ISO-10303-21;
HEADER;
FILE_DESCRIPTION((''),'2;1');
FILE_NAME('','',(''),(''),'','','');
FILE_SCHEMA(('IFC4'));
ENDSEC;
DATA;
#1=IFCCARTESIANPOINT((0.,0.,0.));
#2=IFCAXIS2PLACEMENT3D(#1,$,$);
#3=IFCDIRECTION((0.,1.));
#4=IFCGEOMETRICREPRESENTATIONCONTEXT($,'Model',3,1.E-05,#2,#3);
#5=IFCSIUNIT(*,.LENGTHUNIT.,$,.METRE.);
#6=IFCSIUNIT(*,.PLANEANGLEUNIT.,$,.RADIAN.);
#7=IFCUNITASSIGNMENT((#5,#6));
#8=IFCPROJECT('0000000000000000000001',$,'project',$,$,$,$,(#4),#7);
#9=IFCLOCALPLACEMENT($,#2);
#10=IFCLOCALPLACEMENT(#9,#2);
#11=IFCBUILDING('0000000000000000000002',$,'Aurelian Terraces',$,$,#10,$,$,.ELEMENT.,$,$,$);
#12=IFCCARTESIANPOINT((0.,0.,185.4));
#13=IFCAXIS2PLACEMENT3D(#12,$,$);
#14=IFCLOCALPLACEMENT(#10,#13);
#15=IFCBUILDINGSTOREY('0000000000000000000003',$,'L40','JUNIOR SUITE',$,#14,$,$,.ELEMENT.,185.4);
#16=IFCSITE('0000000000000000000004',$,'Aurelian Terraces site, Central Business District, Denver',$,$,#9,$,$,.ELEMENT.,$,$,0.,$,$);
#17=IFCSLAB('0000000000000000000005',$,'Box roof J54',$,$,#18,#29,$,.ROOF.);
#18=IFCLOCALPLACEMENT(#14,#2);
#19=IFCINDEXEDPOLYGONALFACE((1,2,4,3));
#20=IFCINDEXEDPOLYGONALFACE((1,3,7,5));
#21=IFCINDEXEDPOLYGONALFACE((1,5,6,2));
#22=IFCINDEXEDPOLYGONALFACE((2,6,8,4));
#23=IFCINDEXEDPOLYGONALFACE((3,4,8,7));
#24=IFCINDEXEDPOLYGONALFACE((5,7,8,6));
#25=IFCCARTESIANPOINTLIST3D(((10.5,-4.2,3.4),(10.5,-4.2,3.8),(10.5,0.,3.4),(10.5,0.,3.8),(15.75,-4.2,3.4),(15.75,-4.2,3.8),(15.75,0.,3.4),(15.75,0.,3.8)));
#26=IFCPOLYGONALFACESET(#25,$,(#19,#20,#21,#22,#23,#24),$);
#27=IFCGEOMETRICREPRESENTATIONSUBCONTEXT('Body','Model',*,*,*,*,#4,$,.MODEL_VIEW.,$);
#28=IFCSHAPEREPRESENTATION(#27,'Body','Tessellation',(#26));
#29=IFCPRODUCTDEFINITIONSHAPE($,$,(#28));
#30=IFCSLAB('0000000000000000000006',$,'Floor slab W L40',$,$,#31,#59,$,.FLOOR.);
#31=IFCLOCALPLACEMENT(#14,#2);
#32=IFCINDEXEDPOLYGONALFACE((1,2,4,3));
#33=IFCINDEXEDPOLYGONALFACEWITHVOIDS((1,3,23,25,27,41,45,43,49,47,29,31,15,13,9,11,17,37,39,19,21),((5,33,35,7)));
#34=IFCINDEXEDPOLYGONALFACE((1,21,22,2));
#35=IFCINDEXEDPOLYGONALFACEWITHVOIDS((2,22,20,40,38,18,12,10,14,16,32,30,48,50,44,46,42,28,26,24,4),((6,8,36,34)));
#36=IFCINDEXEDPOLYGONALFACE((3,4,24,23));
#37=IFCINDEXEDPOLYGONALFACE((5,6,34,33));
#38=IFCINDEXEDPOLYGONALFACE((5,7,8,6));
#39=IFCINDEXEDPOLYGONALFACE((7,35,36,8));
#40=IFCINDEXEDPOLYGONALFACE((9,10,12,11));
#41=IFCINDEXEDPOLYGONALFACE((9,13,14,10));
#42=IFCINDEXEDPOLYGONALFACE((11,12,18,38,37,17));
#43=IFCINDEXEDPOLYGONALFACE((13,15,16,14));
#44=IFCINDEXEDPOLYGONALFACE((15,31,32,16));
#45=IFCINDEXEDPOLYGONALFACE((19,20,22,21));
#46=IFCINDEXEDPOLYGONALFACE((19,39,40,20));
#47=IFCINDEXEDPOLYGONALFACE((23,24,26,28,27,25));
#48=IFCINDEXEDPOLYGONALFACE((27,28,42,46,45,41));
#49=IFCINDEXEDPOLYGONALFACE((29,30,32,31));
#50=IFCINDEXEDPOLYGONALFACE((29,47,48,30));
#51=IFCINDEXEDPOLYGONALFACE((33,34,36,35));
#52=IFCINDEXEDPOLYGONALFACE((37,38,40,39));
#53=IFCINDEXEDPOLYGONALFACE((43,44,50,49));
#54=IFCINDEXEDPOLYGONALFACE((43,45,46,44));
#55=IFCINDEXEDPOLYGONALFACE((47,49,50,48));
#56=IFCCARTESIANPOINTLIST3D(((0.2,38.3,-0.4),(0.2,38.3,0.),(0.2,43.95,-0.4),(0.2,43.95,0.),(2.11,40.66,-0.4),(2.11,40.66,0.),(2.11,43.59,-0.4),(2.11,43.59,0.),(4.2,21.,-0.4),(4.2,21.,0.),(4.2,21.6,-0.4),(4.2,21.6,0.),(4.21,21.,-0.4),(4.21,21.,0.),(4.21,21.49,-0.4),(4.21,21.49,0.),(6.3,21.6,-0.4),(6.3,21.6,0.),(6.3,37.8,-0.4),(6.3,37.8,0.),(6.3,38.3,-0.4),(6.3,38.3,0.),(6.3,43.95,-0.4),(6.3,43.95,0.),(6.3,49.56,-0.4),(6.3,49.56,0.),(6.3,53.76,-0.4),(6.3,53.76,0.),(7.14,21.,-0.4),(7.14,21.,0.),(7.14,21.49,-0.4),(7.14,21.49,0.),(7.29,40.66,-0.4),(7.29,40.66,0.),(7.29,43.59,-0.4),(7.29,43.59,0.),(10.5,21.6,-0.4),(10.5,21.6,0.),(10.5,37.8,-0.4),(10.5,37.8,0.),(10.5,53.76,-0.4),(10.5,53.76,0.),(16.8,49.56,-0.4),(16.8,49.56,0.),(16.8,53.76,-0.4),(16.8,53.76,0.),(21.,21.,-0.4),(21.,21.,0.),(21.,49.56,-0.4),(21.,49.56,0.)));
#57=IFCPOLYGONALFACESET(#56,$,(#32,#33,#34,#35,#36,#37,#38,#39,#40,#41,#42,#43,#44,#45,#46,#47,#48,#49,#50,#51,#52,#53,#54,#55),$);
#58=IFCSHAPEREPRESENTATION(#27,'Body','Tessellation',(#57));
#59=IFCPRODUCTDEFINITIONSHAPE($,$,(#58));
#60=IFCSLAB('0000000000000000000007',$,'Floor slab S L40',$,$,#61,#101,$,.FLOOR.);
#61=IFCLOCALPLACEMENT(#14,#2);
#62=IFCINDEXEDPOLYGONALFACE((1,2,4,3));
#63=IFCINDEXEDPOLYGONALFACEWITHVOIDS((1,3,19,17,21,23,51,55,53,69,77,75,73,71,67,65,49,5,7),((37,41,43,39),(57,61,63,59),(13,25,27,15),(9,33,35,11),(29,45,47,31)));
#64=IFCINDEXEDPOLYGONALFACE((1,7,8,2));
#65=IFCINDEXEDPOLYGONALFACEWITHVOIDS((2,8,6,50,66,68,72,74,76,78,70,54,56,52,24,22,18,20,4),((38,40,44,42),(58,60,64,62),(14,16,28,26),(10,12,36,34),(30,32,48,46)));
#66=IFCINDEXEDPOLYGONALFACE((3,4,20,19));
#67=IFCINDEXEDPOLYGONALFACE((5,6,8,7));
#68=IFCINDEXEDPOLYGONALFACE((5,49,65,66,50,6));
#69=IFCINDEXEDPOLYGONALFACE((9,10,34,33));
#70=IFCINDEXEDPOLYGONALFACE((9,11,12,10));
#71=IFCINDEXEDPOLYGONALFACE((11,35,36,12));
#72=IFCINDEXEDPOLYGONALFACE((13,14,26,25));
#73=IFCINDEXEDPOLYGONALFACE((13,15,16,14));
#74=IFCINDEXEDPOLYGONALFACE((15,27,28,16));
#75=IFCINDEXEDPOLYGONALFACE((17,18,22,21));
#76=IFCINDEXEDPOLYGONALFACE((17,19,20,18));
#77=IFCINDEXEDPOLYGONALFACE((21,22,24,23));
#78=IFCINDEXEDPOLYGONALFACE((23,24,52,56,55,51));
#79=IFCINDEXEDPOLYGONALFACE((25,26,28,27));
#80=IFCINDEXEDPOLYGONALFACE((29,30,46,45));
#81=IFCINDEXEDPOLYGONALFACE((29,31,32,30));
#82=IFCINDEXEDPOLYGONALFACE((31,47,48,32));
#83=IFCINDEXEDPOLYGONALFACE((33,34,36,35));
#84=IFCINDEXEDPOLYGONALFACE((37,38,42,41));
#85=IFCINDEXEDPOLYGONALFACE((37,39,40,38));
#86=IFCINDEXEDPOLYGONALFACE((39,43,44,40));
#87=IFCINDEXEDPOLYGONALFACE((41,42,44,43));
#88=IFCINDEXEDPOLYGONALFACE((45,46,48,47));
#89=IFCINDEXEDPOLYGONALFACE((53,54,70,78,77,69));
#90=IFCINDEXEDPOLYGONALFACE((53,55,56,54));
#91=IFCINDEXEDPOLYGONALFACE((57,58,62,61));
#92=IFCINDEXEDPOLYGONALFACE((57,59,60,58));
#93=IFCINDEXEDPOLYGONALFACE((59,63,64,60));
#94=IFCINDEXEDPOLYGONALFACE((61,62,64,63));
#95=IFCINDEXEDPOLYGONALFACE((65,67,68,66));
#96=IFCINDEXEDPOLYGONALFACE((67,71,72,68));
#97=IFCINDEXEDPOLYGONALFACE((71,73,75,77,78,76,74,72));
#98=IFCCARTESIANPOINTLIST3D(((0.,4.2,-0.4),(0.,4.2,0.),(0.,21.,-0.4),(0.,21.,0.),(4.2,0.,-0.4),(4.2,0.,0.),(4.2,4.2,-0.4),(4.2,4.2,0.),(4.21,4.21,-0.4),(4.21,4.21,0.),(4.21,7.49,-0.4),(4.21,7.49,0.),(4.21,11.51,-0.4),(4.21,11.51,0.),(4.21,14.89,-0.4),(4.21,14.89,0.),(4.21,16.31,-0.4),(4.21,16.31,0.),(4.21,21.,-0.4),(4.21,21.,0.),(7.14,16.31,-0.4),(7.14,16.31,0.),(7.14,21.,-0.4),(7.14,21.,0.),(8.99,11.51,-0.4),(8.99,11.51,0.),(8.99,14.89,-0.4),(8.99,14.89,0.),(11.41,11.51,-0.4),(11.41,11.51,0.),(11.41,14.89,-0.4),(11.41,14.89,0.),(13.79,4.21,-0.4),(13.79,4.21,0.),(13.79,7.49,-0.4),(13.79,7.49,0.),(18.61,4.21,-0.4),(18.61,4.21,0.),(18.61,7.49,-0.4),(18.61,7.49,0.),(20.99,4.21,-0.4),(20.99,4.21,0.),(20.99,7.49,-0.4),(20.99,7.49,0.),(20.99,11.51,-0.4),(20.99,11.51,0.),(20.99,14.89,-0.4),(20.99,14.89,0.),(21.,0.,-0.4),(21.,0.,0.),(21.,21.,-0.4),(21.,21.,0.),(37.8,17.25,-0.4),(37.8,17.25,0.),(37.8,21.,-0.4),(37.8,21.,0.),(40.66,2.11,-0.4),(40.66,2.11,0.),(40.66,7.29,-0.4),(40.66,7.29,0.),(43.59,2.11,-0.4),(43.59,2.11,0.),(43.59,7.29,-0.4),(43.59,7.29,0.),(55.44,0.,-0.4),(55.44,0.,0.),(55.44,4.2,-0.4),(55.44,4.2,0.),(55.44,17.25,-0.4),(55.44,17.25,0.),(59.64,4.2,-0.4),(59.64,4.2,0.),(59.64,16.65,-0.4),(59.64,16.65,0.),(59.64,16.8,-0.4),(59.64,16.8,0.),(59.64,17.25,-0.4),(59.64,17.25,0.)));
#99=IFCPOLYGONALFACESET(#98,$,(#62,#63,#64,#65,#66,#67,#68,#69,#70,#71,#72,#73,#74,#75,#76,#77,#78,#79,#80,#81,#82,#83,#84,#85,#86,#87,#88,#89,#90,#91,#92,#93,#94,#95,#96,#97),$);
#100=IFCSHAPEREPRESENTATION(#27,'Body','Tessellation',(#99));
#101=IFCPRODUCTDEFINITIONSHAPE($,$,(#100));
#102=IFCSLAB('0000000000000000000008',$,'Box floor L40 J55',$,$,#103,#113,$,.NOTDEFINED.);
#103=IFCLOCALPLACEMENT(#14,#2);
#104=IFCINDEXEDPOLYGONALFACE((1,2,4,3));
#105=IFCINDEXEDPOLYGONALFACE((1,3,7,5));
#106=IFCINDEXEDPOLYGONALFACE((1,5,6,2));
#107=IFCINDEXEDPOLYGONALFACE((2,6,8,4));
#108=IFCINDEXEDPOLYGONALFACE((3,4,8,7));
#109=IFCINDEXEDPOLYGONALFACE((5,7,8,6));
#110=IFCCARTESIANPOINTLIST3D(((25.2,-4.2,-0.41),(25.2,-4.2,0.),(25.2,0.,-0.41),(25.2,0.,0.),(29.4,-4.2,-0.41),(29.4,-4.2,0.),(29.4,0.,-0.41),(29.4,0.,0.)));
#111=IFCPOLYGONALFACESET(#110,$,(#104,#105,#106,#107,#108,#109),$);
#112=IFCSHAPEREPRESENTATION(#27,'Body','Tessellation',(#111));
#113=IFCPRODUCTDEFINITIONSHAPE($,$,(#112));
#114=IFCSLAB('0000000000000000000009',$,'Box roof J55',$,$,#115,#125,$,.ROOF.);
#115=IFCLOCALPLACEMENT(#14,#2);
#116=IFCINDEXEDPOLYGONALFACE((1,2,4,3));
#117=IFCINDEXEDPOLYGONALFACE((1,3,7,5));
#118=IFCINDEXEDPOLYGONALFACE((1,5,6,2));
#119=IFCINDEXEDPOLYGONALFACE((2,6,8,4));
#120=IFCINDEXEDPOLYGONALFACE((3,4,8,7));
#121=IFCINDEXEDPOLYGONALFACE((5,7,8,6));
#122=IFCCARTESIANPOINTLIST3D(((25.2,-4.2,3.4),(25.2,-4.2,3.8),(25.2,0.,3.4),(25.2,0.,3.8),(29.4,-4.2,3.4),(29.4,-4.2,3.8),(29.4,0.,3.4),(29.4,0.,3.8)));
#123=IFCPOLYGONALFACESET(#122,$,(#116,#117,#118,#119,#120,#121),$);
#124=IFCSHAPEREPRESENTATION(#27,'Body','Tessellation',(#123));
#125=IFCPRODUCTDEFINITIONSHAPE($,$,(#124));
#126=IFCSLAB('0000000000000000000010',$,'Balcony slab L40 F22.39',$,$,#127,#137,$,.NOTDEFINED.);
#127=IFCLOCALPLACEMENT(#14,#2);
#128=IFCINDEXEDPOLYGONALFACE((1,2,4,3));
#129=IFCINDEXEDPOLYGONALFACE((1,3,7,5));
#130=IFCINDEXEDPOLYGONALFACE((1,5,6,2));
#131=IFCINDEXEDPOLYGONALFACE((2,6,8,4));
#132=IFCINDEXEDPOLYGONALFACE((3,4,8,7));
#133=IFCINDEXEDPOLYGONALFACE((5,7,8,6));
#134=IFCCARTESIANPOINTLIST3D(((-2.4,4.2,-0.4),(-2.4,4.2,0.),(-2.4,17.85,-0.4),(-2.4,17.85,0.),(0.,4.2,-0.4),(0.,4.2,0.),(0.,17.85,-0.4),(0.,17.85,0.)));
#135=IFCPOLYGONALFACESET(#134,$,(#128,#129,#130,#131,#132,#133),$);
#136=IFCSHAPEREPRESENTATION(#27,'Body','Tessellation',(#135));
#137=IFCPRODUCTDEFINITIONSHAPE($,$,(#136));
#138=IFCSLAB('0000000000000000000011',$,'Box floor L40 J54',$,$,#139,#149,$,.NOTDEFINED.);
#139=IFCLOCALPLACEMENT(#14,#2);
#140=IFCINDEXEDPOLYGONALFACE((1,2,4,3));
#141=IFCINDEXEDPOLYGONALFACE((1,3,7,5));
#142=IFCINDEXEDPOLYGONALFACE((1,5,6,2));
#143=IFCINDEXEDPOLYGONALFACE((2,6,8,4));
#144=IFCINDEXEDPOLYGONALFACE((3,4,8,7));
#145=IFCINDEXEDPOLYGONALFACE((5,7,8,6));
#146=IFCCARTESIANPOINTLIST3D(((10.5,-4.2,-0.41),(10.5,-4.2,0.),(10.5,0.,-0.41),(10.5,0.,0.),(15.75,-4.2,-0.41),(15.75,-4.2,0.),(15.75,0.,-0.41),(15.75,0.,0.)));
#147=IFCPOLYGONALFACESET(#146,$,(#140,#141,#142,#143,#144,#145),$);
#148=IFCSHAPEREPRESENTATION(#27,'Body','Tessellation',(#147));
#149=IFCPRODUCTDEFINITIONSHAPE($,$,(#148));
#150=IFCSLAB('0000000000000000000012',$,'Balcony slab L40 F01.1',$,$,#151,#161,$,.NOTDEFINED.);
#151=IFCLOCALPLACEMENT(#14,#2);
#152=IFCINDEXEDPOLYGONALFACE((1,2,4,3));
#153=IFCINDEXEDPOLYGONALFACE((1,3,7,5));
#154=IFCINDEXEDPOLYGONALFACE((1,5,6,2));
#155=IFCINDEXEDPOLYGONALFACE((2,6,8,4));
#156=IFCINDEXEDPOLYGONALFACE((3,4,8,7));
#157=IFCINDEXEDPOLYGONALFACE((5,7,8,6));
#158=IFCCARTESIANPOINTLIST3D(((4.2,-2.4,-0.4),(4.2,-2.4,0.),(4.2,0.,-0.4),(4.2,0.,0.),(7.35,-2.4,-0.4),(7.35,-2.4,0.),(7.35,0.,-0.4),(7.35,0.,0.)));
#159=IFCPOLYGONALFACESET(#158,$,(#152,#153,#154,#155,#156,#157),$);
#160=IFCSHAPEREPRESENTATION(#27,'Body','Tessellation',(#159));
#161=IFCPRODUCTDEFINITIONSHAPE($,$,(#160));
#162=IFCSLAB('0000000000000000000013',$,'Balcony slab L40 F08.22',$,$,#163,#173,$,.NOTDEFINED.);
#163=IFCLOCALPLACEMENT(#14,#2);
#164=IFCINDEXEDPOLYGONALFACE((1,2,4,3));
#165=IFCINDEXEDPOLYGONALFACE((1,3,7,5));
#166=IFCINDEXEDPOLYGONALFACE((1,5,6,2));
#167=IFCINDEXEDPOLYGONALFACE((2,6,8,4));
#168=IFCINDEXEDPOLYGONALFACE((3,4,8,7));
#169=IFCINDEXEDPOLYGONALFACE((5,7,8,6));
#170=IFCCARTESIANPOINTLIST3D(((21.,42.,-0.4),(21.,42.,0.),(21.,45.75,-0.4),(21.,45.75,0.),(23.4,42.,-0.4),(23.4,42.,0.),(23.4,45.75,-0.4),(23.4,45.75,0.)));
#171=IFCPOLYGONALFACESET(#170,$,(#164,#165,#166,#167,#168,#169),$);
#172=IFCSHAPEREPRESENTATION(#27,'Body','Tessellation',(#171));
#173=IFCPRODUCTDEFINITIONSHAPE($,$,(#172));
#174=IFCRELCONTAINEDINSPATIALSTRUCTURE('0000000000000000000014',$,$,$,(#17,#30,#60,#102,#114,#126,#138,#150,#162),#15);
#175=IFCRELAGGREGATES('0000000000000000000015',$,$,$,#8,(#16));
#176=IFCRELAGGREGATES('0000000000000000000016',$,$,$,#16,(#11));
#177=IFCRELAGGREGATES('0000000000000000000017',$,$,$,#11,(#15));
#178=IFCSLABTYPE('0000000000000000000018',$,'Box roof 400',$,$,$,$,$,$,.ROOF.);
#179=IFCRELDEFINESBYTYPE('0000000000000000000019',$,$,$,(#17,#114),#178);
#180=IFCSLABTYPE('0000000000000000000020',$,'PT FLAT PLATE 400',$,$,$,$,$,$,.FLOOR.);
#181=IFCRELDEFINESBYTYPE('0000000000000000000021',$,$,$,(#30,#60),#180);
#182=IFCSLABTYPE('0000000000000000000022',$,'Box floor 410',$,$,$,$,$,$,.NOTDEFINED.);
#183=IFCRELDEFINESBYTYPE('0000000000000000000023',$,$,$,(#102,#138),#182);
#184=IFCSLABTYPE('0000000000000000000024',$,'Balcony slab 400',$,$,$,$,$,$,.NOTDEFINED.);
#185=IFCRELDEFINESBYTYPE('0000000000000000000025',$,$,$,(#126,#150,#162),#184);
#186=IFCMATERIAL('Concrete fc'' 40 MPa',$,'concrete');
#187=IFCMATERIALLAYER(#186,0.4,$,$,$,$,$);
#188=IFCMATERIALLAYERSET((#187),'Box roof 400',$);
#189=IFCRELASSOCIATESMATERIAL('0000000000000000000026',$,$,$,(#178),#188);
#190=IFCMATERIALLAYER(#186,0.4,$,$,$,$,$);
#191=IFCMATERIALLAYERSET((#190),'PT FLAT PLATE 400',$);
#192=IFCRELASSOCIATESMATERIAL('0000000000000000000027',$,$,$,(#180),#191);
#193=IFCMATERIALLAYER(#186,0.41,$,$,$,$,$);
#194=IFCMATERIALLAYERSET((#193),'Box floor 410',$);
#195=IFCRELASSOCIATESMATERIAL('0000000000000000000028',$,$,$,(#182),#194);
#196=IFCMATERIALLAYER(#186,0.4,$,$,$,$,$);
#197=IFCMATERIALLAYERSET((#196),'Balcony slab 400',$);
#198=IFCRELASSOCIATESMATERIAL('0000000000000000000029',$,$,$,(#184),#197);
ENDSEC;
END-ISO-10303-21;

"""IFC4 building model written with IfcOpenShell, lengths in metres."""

from ifc_helpers import new_model, si_unit, direction, frame, origin, place, context, subcontext, project, spatial, polyline, outline, extrude, source, transform, mapped, material, layer, layer_set, type_object, element, save


model = new_model("IFC4")

# Units and contexts
model_context = context("Model", 3, precision=1e-05, world=origin(), true_north=direction((0.0, 1.0)))
body_context = subcontext(model_context, "Body", "Model", "MODEL_VIEW")
ifc_project = project(units=[si_unit("LENGTHUNIT", "METRE"), si_unit("PLANEANGLEUNIT", "RADIAN")], contexts=[model_context])

# Site, building, storey
site_placement = place(None, origin())
site = spatial("IfcSite", under=ifc_project, at=site_placement, Name="Aurelian Terraces site, Central Business District, Denver", CompositionType="ELEMENT", RefElevation=0.0)
building_placement = place(site_placement, origin())
building = spatial("IfcBuilding", under=site, at=building_placement, Name="Aurelian Terraces", CompositionType="ELEMENT")
storey_placement = place(building_placement, frame((0.0, 0.0, 185.4)))
storey = spatial("IfcBuildingStorey", under=building, at=storey_placement, Name="L40", Description="JUNIOR SUITE", CompositionType="ELEMENT", Elevation=185.4)

# Slabs
ifc_material_1 = material(Name="Concrete fc' 40 MPa", Category="concrete")
ifc_layer_1 = layer(ifc_material_1, 0.4)
ifc_layer_set_1 = layer_set([ifc_layer_1], Name="Box roof 400")
slab_type_1 = type_object("IfcSlabType", Name="Box roof 400", PredefinedType="ROOF", material=ifc_layer_set_1)
slab_1_placement = place(storey_placement, frame((0.0, 0.0, 3.4)))
element("IfcSlab", 1, at=slab_1_placement, inside=storey, type_object=slab_type_1, Name="Box roof J54", PredefinedType="ROOF", context=body_context, shape_type="SweptSolid", body=[
    extrude(outline(polyline([(10.5, -4.2), (15.75, -4.2), (15.75, 0.0), (10.5, 0.0), (10.5, -4.2)])), origin(), (0.0, 0.0, 1.0), 0.4),
])
ifc_layer_2 = layer(ifc_material_1, 0.4)
ifc_layer_set_2 = layer_set([ifc_layer_2], Name="PT FLAT PLATE 400")
slab_type_2 = type_object("IfcSlabType", Name="PT FLAT PLATE 400", PredefinedType="FLOOR", material=ifc_layer_set_2)
shared_shape_1 = source(origin(), body_context, "Body", "SweptSolid", [
    extrude(outline(polyline([(6.3, 43.95), (6.3, 49.56), (6.3, 53.76), (10.5, 53.76), (16.8, 53.76), (16.8, 49.56), (21.0, 49.56), (21.0, 21.0), (7.14, 21.0), (7.14, 21.49), (4.21, 21.49), (4.21, 21.0), (4.2, 21.0), (4.2, 21.6), (6.3, 21.6), (10.5, 21.6), (10.5, 37.8), (6.3, 37.8), (6.3, 38.3), (0.2, 38.3), (0.2, 43.95), (6.3, 43.95)]), holes=[polyline([(7.29, 43.59), (2.11, 43.59), (2.11, 40.66), (7.29, 40.66), (7.29, 43.59)])]), origin(), (0.0, 0.0, 1.0), 0.4),
])
slab_2_placement = place(storey_placement, frame((0.0, 0.0, -0.4)))
element("IfcSlab", 2, at=slab_2_placement, inside=storey, type_object=slab_type_2, Name="Floor slab W L40", PredefinedType="FLOOR", context=body_context, shape_type="MappedRepresentation", body=[
    mapped(shared_shape_1, transform((0.0, 0.0, 0.0), scale=1.0)),
])
shared_shape_2 = source(origin(), body_context, "Body", "SweptSolid", [
    extrude(outline(polyline([(59.64, 4.2), (55.44, 4.2), (55.44, 0.0), (21.0, 0.0), (4.2, 0.0), (4.2, 4.2), (0.0, 4.2), (0.0, 21.0), (4.21, 21.0), (4.21, 16.31), (7.14, 16.31), (7.14, 21.0), (21.0, 21.0), (37.8, 21.0), (37.8, 17.25), (55.44, 17.25), (59.64, 17.25), (59.64, 16.8), (59.64, 16.65), (59.64, 4.2)]), holes=[polyline([(40.66, 2.11), (43.59, 2.11), (43.59, 7.29), (40.66, 7.29), (40.66, 2.11)]), polyline([(18.61, 7.49), (18.61, 4.21), (20.99, 4.21), (20.99, 7.49), (18.61, 7.49)]), polyline([(20.99, 14.89), (11.41, 14.89), (11.41, 11.51), (20.99, 11.51), (20.99, 14.89)]), polyline([(4.21, 7.49), (4.21, 4.21), (13.79, 4.21), (13.79, 7.49), (4.21, 7.49)]), polyline([(4.21, 14.89), (4.21, 11.51), (8.99, 11.51), (8.99, 14.89), (4.21, 14.89)])]), origin(), (0.0, 0.0, 1.0), 0.4),
])
slab_3_placement = place(storey_placement, frame((0.0, 0.0, -0.4)))
element("IfcSlab", 3, at=slab_3_placement, inside=storey, type_object=slab_type_2, Name="Floor slab S L40", PredefinedType="FLOOR", context=body_context, shape_type="MappedRepresentation", body=[
    mapped(shared_shape_2, transform((0.0, 0.0, 0.0), scale=1.0)),
])
ifc_layer_3 = layer(ifc_material_1, 0.41)
ifc_layer_set_3 = layer_set([ifc_layer_3], Name="Box floor 410")
slab_type_3 = type_object("IfcSlabType", Name="Box floor 410", PredefinedType="NOTDEFINED", material=ifc_layer_set_3)
shared_shape_3 = source(origin(), body_context, "Body", "SweptSolid", [
    extrude(outline(polyline([(25.2, -4.2), (29.4, -4.2), (29.4, 0.0), (25.2, 0.0), (25.2, -4.2)])), origin(), (0.0, 0.0, 1.0), 0.41),
])
slab_4_placement = place(storey_placement, frame((0.0, 0.0, -0.41)))
element("IfcSlab", 4, at=slab_4_placement, inside=storey, type_object=slab_type_3, Name="Box floor L40 J55", PredefinedType="NOTDEFINED", context=body_context, shape_type="MappedRepresentation", body=[
    mapped(shared_shape_3, transform((0.0, 0.0, 0.0), scale=1.0)),
])
shared_shape_4 = source(origin(), body_context, "Body", "SweptSolid", [
    extrude(outline(polyline([(25.2, -4.2), (29.4, -4.2), (29.4, 0.0), (25.2, 0.0), (25.2, -4.2)])), origin(), (0.0, 0.0, 1.0), 0.4),
])
slab_5_placement = place(storey_placement, frame((0.0, 0.0, 3.4)))
element("IfcSlab", 5, at=slab_5_placement, inside=storey, type_object=slab_type_1, Name="Box roof J55", PredefinedType="ROOF", context=body_context, shape_type="MappedRepresentation", body=[
    mapped(shared_shape_4, transform((0.0, 0.0, 0.0), scale=1.0)),
])
ifc_layer_4 = layer(ifc_material_1, 0.4)
ifc_layer_set_4 = layer_set([ifc_layer_4], Name="Balcony slab 400")
slab_type_4 = type_object("IfcSlabType", Name="Balcony slab 400", PredefinedType="NOTDEFINED", material=ifc_layer_set_4)
shared_shape_5 = source(origin(), body_context, "Body", "SweptSolid", [
    extrude(outline(polyline([(0.0, 17.85), (0.0, 4.2), (-2.4, 4.2), (-2.4, 17.85), (0.0, 17.85)])), origin(), (0.0, 0.0, 1.0), 0.4),
])
slab_6_placement = place(storey_placement, frame((0.0, 0.0, -0.4)))
element("IfcSlab", 6, at=slab_6_placement, inside=storey, type_object=slab_type_4, Name="Balcony slab L40 F22.39", PredefinedType="NOTDEFINED", context=body_context, shape_type="MappedRepresentation", body=[
    mapped(shared_shape_5, transform((0.0, 0.0, 0.0), scale=1.0)),
])
shared_shape_6 = source(origin(), body_context, "Body", "SweptSolid", [
    extrude(outline(polyline([(10.5, -4.2), (15.75, -4.2), (15.75, 0.0), (10.5, 0.0), (10.5, -4.2)])), origin(), (0.0, 0.0, 1.0), 0.41),
])
slab_7_placement = place(storey_placement, frame((0.0, 0.0, -0.41)))
element("IfcSlab", 7, at=slab_7_placement, inside=storey, type_object=slab_type_3, Name="Box floor L40 J54", PredefinedType="NOTDEFINED", context=body_context, shape_type="MappedRepresentation", body=[
    mapped(shared_shape_6, transform((0.0, 0.0, 0.0), scale=1.0)),
])
shared_shape_7 = source(origin(), body_context, "Body", "SweptSolid", [
    extrude(outline(polyline([(4.2, 0.0), (7.35, 0.0), (7.35, -2.4), (4.2, -2.4), (4.2, 0.0)])), origin(), (0.0, 0.0, 1.0), 0.4),
])
slab_8_placement = place(storey_placement, frame((0.0, 0.0, -0.4)))
element("IfcSlab", 8, at=slab_8_placement, inside=storey, type_object=slab_type_4, Name="Balcony slab L40 F01.1", PredefinedType="NOTDEFINED", context=body_context, shape_type="MappedRepresentation", body=[
    mapped(shared_shape_7, transform((0.0, 0.0, 0.0), scale=1.0)),
])
shared_shape_8 = source(origin(), body_context, "Body", "SweptSolid", [
    extrude(outline(polyline([(21.0, 42.0), (21.0, 45.75), (23.4, 45.75), (23.4, 42.0), (21.0, 42.0)])), origin(), (0.0, 0.0, 1.0), 0.4),
])
slab_9_placement = place(storey_placement, frame((0.0, 0.0, -0.4)))
element("IfcSlab", 9, at=slab_9_placement, inside=storey, type_object=slab_type_4, Name="Balcony slab L40 F08.22", PredefinedType="NOTDEFINED", context=body_context, shape_type="MappedRepresentation", body=[
    mapped(shared_shape_8, transform((0.0, 0.0, 0.0), scale=1.0)),
])

save(model, "model.ifc")
